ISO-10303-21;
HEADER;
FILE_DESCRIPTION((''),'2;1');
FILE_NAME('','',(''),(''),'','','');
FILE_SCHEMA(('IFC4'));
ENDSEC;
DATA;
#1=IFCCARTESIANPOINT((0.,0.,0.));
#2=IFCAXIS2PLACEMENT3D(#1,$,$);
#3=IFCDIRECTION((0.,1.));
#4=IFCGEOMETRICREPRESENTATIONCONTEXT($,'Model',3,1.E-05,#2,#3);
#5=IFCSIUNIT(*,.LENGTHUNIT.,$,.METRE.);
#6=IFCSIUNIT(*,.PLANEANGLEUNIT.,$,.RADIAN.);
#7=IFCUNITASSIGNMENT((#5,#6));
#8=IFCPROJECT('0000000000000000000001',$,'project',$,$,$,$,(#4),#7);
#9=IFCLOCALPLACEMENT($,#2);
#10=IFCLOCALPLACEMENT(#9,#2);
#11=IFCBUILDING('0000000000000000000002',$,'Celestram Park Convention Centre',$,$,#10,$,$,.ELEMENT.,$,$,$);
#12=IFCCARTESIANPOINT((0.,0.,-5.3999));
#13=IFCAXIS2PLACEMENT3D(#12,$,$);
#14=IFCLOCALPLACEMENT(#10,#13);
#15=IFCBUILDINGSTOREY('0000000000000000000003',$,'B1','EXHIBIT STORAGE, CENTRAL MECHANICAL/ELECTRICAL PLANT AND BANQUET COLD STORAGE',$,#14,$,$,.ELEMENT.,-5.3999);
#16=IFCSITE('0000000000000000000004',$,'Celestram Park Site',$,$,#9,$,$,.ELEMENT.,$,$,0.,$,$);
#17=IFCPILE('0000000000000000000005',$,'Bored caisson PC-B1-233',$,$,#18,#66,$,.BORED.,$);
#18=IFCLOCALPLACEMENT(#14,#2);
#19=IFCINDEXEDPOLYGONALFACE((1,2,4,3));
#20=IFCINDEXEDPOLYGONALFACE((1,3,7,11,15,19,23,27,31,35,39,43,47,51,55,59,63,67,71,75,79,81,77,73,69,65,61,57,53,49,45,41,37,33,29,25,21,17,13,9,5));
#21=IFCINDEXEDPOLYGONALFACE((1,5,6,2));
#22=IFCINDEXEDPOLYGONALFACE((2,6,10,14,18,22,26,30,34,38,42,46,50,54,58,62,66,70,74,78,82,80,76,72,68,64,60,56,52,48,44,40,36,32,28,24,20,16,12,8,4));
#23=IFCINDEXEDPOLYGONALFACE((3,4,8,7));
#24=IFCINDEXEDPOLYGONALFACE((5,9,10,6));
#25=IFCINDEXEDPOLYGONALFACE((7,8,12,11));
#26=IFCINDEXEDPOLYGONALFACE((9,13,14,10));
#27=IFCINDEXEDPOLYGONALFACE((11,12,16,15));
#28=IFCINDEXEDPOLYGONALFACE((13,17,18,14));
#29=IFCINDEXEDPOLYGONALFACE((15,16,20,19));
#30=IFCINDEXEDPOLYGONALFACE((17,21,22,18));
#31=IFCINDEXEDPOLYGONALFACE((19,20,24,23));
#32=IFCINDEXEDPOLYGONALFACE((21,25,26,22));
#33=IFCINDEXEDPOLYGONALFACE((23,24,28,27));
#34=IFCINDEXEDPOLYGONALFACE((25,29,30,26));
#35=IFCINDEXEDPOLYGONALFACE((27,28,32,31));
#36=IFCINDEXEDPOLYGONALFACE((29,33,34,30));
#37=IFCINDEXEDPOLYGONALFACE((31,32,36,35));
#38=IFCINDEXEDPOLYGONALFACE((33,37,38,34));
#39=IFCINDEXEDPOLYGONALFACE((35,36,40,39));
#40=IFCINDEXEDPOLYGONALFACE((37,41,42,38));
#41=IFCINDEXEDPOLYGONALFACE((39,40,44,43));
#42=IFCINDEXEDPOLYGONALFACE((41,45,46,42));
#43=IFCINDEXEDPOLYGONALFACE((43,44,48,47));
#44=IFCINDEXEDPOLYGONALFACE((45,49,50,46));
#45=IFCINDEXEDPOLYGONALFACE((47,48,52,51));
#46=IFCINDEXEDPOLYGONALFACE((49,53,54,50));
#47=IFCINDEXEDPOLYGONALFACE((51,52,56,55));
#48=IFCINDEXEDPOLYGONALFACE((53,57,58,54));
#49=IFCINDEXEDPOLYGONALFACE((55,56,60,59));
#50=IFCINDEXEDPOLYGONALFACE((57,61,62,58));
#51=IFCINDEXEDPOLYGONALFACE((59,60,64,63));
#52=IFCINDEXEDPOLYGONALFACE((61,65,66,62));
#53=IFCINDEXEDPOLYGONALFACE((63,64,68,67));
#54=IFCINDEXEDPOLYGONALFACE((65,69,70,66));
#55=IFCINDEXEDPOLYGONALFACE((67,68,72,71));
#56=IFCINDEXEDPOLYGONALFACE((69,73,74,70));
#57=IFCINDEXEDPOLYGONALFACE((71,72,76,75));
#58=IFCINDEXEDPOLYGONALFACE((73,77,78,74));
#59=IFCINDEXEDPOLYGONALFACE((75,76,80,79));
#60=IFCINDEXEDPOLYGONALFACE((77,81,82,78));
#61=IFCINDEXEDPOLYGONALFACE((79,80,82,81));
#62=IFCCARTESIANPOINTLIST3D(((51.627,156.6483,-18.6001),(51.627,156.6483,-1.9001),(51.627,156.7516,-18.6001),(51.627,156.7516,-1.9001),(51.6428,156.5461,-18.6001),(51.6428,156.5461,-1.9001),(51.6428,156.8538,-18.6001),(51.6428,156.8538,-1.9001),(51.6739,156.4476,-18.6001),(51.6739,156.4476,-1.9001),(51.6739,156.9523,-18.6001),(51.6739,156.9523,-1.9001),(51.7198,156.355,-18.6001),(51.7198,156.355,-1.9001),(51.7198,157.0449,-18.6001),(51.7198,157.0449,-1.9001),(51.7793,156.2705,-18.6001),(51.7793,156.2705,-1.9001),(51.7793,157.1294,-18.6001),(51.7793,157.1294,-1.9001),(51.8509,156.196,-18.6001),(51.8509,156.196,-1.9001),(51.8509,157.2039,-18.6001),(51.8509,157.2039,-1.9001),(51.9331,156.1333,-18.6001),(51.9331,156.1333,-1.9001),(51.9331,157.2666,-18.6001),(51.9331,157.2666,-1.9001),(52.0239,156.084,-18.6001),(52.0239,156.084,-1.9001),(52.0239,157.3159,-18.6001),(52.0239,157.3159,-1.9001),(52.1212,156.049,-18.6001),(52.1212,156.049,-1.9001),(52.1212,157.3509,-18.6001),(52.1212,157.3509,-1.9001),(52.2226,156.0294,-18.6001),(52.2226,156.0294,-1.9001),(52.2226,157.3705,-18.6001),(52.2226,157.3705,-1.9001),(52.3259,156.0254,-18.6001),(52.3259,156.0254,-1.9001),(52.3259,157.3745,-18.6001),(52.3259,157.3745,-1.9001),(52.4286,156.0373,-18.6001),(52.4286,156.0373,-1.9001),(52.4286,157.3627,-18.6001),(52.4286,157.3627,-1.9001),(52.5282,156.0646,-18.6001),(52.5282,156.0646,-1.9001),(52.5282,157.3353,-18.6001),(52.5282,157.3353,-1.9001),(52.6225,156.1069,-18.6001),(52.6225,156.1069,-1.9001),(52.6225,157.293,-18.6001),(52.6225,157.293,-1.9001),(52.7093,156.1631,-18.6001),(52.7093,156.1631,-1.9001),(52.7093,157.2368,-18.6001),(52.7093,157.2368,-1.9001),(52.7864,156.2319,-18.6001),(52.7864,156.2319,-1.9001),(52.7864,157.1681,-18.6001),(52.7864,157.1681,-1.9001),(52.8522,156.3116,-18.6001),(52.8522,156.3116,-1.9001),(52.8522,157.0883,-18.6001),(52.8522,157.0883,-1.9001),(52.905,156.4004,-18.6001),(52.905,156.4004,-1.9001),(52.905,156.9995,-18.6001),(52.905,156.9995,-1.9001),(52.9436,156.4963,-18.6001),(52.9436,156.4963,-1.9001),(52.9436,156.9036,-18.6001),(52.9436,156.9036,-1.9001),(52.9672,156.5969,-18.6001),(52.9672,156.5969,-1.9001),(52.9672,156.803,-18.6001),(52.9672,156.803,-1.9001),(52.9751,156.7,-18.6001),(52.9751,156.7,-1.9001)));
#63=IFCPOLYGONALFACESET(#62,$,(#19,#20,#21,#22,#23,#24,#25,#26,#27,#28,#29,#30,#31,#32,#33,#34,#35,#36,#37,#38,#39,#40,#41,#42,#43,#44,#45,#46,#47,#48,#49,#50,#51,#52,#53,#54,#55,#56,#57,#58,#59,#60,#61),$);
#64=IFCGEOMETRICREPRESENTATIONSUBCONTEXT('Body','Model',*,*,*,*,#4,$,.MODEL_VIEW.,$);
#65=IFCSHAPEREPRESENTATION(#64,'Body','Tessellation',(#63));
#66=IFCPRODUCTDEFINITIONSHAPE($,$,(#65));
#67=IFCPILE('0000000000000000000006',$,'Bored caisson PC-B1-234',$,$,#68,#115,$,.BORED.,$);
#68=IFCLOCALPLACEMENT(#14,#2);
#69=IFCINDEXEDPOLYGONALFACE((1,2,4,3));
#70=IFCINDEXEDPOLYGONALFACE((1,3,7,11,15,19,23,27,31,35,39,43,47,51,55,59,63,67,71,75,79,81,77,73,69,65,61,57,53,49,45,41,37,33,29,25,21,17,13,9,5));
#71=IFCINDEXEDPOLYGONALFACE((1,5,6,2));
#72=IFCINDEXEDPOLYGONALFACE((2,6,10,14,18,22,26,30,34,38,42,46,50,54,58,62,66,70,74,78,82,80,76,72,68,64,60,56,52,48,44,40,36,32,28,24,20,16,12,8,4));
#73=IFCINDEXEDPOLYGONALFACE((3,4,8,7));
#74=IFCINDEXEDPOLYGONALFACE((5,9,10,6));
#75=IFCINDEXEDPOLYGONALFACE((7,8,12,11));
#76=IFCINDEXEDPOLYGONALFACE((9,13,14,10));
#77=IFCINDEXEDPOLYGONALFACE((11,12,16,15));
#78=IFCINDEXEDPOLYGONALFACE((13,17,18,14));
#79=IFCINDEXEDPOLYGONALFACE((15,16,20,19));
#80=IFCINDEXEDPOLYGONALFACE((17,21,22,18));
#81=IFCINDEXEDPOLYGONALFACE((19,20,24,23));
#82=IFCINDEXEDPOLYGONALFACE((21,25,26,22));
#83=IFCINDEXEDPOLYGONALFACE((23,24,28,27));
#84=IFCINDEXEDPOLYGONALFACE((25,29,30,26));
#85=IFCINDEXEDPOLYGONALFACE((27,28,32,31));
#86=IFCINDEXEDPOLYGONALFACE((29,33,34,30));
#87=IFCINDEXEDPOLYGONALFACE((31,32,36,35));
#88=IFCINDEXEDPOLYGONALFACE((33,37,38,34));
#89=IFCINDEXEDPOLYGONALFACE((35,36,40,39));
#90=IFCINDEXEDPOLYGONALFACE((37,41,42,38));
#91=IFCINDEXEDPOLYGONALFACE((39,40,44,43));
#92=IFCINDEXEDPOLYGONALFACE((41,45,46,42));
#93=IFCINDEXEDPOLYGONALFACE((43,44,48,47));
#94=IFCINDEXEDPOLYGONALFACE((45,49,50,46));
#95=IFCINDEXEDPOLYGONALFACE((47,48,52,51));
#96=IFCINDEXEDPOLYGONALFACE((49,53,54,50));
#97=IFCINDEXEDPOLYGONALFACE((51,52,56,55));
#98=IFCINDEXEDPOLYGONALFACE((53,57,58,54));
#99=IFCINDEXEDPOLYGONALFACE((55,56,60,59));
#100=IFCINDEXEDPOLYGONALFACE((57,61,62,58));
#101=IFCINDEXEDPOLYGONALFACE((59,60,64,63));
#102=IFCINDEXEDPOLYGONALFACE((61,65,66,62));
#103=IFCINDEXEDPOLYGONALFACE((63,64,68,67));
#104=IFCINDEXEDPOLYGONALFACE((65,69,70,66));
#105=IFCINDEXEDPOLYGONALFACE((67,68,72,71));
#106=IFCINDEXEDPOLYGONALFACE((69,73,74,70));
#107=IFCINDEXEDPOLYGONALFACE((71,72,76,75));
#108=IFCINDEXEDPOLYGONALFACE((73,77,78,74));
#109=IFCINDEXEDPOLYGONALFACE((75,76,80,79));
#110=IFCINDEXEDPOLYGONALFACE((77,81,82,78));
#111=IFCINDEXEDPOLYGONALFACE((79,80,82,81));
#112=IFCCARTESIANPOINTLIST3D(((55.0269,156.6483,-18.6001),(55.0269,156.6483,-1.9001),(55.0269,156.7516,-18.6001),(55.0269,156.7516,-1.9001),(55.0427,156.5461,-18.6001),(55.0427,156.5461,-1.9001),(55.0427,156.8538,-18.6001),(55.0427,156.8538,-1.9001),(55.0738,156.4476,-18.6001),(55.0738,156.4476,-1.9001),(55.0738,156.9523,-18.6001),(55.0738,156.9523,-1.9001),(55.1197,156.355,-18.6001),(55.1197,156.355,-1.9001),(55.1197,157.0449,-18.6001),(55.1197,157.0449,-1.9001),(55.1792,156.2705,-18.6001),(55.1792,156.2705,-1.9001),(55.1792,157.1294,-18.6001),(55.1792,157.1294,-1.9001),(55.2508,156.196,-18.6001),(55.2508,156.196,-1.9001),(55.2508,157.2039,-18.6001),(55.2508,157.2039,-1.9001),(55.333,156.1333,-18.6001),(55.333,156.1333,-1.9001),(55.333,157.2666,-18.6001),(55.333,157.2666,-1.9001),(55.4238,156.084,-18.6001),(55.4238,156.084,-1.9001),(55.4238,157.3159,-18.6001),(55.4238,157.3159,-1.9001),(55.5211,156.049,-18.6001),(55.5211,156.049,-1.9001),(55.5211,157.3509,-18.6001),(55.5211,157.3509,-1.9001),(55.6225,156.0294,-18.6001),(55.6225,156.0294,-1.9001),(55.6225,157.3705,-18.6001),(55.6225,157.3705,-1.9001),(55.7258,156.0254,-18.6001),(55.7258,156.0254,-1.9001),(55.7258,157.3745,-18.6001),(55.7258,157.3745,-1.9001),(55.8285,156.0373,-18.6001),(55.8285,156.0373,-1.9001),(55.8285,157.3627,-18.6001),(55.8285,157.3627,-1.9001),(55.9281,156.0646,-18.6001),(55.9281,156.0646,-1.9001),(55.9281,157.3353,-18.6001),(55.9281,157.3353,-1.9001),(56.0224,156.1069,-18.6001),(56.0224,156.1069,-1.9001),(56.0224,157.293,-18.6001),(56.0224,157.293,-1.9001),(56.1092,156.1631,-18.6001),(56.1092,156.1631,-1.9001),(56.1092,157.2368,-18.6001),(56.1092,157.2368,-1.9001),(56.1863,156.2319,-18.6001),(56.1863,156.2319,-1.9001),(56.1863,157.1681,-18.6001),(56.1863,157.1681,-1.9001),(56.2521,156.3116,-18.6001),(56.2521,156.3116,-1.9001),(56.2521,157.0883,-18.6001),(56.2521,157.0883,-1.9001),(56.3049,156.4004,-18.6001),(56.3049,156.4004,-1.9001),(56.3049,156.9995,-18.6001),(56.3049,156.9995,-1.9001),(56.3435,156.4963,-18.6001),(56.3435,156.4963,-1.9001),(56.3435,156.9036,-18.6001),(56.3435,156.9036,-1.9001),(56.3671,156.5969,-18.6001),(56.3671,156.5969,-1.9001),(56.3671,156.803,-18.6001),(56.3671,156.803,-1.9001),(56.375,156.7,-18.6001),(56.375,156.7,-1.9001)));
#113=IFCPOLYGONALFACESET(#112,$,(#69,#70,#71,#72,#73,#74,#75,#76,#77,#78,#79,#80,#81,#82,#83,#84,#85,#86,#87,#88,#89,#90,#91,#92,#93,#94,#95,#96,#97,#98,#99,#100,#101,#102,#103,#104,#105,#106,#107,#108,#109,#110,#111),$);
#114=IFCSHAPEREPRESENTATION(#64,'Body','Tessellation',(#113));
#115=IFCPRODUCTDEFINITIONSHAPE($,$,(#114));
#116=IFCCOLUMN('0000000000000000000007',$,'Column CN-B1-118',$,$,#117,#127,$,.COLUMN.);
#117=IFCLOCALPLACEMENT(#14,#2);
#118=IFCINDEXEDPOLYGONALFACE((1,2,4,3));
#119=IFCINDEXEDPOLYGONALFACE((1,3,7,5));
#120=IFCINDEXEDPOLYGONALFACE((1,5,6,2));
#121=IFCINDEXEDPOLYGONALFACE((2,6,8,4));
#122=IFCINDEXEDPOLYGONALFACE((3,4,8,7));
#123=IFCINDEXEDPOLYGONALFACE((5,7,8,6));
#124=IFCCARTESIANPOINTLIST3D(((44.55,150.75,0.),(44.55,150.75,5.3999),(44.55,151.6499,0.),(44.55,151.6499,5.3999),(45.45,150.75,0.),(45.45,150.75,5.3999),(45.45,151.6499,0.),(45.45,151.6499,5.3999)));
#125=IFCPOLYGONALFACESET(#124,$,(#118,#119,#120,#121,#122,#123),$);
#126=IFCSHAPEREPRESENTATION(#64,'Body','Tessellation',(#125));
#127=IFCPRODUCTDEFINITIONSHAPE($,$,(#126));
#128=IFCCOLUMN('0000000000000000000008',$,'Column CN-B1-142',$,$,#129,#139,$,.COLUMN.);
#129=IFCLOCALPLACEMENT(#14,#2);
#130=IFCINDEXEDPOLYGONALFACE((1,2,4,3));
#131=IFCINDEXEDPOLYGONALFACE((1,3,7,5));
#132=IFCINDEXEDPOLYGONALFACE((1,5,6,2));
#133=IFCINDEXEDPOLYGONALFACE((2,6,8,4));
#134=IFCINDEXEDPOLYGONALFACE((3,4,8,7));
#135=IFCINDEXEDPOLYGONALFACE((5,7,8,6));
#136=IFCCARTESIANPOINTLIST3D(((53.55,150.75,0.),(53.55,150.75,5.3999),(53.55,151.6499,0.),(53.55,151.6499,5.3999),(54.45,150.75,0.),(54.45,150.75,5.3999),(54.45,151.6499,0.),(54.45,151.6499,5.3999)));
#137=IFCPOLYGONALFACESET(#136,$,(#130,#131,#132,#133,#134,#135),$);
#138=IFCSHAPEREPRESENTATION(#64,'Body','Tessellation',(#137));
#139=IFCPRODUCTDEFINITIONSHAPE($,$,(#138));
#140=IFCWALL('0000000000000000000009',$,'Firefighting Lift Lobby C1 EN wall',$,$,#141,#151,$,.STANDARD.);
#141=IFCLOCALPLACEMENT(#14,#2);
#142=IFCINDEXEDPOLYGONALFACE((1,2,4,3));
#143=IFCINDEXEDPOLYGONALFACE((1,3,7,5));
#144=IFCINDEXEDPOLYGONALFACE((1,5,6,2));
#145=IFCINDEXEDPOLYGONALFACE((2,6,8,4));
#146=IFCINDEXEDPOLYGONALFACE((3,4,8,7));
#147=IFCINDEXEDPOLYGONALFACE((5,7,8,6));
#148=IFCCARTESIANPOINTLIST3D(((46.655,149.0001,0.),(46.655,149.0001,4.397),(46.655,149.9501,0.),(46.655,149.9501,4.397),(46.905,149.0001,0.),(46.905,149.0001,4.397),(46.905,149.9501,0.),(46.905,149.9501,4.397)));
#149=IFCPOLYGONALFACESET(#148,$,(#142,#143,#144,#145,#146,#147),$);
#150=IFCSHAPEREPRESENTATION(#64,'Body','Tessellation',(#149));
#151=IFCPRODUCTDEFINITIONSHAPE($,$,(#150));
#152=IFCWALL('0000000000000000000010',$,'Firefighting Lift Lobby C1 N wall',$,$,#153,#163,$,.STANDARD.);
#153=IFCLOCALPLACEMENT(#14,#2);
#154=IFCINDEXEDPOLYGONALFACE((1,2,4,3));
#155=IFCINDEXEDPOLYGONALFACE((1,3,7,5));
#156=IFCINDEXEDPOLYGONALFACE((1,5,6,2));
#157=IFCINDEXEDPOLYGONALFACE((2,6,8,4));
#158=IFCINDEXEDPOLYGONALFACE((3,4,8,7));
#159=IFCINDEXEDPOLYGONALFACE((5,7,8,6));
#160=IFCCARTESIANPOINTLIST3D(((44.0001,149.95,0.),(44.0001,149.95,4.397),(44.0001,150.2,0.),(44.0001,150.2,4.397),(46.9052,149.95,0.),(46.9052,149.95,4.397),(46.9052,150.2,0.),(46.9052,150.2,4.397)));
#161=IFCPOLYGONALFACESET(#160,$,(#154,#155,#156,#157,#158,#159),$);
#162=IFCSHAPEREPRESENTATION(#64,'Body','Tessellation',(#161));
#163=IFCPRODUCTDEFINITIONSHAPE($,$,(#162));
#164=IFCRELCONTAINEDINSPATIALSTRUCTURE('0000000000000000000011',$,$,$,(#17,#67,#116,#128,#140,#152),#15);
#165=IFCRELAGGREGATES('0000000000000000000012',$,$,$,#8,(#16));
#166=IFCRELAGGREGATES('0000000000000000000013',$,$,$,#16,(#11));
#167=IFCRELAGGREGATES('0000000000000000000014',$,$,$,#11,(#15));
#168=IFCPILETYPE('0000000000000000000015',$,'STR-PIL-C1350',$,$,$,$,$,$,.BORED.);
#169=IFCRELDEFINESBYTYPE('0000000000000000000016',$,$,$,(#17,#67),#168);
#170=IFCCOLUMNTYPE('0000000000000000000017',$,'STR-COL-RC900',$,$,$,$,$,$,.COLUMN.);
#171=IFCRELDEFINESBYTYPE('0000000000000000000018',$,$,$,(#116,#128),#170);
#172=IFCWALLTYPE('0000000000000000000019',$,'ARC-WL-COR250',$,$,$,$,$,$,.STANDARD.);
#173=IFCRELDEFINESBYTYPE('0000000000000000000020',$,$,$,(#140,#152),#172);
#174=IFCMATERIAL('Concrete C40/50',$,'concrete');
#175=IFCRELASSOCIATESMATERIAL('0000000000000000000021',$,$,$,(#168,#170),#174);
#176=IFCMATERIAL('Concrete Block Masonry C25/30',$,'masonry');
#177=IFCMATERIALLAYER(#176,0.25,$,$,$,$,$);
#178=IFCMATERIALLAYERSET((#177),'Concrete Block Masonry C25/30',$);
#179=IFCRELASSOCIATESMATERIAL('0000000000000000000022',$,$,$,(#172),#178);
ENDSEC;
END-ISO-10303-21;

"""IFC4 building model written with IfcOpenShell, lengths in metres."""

from ifc_helpers import new_model, si_unit, direction, frame, frame_2d, origin, origin_2d, place, context, subcontext, project, spatial, rectangle, circle, extrude, material, layer, layer_set, material_profile, profile_set, type_object, element, save


model = new_model("IFC4")

# Units and contexts
model_context = context("Model", 3, precision=1e-05, world=origin(), true_north=direction((0.0, 1.0)))
body_context = subcontext(model_context, "Body", "Model", "MODEL_VIEW")
ifc_project = project(units=[si_unit("LENGTHUNIT", "METRE"), si_unit("PLANEANGLEUNIT", "RADIAN")], contexts=[model_context])

# Site, building, storey
site_placement = place(None, origin())
site = spatial("IfcSite", under=ifc_project, at=site_placement, Name="Celestram Park Site", CompositionType="ELEMENT", RefElevation=0.0)
building_placement = place(site_placement, origin())
building = spatial("IfcBuilding", under=site, at=building_placement, Name="Celestram Park Convention Centre", CompositionType="ELEMENT")
storey_placement = place(building_placement, frame((0.0, 0.0, -5.3999)))
storey = spatial("IfcBuildingStorey", under=building, at=storey_placement, Name="B1", Description="EXHIBIT STORAGE, CENTRAL MECHANICAL/ELECTRICAL PLANT AND BANQUET COLD STORAGE", CompositionType="ELEMENT", Elevation=-5.3999)

# Shared definitions
ifc_material_1 = material(Name="Concrete C40/50", Category="concrete")

# Piles
ifc_material_profile_1 = material_profile(ifc_material_1, circle(Radius=0.675, at=origin_2d()), Name="CAISSON1350")
ifc_profile_set_1 = profile_set([ifc_material_profile_1], Name="Concrete C40/50")
pile_type = type_object("IfcPileType", Name="STR-PIL-C1350", PredefinedType="BORED", material=ifc_profile_set_1)
for number, where, z_axis, x_axis, name in (
    (1, (52.3, 156.7, -1.9001), (0.0, 0.0, -1.0), (1.0, 0.0, 0.0), "Bored caisson PC-B1-233"),
    (2, (55.7, 156.7, -1.9001), (0.0, 0.0, -1.0), (1.0, 0.0, 0.0), "Bored caisson PC-B1-234"),
):
    element("IfcPile", number, at=place(storey_placement, frame(where, z_axis=z_axis, x_axis=x_axis)), inside=storey, type_object=pile_type, Name=name, PredefinedType="BORED", context=body_context, shape_type="SweptSolid", body=[
        extrude(circle(Radius=0.675, at=origin_2d()), origin(), (0.0, 0.0, 1.0), 16.7),
    ])

# Columns
ifc_material_profile_2 = material_profile(ifc_material_1, rectangle(XDim=0.8999, YDim=0.8999, at=origin_2d()), Name="RC900X900")
ifc_profile_set_2 = profile_set([ifc_material_profile_2], Name="Concrete C40/50")
column_type = type_object("IfcColumnType", Name="STR-COL-RC900", PredefinedType="COLUMN", material=ifc_profile_set_2)
for number, where, z_axis, x_axis, name in (
    (3, (45.0, 151.2, 0.0), (0.0, 0.0, 1.0), (1.0, 0.0, 0.0), "Column CN-B1-118"),
    (4, (54.0, 151.2, 0.0), (0.0, 0.0, 1.0), (1.0, 0.0, 0.0), "Column CN-B1-142"),
):
    element("IfcColumn", number, at=place(storey_placement, frame(where, z_axis=z_axis, x_axis=x_axis)), inside=storey, type_object=column_type, Name=name, PredefinedType="COLUMN", context=body_context, shape_type="SweptSolid", body=[
        extrude(rectangle(XDim=0.8999, YDim=0.8999, at=origin_2d()), origin(), (0.0, 0.0, 1.0), 5.3999),
    ])

# Walls
ifc_material_2 = material(Name="Concrete Block Masonry C25/30", Category="masonry")
ifc_layer_1 = layer(ifc_material_2, 0.25)
ifc_layer_set_1 = layer_set([ifc_layer_1], Name="Concrete Block Masonry C25/30")
wall_type = type_object("IfcWallType", Name="ARC-WL-COR250", PredefinedType="STANDARD", material=ifc_layer_set_1)
wall_1_placement = place(storey_placement, frame((46.78, 149.0, 0.0), z_axis=(0.0, 0.0, 1.0), x_axis=(0.0, 1.0, 0.0)))
element("IfcWall", 5, at=wall_1_placement, inside=storey, type_object=wall_type, Name="Firefighting Lift Lobby C1 EN wall", PredefinedType="STANDARD", context=body_context, shape_type="SweptSolid", body=[
    extrude(rectangle(XDim=0.95, YDim=0.25, at=frame_2d((0.4751, 0.0))), origin(), (0.0, 0.0, 1.0), 4.397),
])
wall_2_placement = place(storey_placement, frame((44.0, 150.075, 0.0), z_axis=(0.0, 0.0, 1.0), x_axis=(1.0, 0.0, 0.0)))
element("IfcWall", 6, at=wall_2_placement, inside=storey, type_object=wall_type, Name="Firefighting Lift Lobby C1 N wall", PredefinedType="STANDARD", context=body_context, shape_type="SweptSolid", body=[
    extrude(rectangle(XDim=2.905, YDim=0.25, at=frame_2d((1.4526, 0.0))), origin(), (0.0, 0.0, 1.0), 4.397),
])

save(model, "model.ifc")
